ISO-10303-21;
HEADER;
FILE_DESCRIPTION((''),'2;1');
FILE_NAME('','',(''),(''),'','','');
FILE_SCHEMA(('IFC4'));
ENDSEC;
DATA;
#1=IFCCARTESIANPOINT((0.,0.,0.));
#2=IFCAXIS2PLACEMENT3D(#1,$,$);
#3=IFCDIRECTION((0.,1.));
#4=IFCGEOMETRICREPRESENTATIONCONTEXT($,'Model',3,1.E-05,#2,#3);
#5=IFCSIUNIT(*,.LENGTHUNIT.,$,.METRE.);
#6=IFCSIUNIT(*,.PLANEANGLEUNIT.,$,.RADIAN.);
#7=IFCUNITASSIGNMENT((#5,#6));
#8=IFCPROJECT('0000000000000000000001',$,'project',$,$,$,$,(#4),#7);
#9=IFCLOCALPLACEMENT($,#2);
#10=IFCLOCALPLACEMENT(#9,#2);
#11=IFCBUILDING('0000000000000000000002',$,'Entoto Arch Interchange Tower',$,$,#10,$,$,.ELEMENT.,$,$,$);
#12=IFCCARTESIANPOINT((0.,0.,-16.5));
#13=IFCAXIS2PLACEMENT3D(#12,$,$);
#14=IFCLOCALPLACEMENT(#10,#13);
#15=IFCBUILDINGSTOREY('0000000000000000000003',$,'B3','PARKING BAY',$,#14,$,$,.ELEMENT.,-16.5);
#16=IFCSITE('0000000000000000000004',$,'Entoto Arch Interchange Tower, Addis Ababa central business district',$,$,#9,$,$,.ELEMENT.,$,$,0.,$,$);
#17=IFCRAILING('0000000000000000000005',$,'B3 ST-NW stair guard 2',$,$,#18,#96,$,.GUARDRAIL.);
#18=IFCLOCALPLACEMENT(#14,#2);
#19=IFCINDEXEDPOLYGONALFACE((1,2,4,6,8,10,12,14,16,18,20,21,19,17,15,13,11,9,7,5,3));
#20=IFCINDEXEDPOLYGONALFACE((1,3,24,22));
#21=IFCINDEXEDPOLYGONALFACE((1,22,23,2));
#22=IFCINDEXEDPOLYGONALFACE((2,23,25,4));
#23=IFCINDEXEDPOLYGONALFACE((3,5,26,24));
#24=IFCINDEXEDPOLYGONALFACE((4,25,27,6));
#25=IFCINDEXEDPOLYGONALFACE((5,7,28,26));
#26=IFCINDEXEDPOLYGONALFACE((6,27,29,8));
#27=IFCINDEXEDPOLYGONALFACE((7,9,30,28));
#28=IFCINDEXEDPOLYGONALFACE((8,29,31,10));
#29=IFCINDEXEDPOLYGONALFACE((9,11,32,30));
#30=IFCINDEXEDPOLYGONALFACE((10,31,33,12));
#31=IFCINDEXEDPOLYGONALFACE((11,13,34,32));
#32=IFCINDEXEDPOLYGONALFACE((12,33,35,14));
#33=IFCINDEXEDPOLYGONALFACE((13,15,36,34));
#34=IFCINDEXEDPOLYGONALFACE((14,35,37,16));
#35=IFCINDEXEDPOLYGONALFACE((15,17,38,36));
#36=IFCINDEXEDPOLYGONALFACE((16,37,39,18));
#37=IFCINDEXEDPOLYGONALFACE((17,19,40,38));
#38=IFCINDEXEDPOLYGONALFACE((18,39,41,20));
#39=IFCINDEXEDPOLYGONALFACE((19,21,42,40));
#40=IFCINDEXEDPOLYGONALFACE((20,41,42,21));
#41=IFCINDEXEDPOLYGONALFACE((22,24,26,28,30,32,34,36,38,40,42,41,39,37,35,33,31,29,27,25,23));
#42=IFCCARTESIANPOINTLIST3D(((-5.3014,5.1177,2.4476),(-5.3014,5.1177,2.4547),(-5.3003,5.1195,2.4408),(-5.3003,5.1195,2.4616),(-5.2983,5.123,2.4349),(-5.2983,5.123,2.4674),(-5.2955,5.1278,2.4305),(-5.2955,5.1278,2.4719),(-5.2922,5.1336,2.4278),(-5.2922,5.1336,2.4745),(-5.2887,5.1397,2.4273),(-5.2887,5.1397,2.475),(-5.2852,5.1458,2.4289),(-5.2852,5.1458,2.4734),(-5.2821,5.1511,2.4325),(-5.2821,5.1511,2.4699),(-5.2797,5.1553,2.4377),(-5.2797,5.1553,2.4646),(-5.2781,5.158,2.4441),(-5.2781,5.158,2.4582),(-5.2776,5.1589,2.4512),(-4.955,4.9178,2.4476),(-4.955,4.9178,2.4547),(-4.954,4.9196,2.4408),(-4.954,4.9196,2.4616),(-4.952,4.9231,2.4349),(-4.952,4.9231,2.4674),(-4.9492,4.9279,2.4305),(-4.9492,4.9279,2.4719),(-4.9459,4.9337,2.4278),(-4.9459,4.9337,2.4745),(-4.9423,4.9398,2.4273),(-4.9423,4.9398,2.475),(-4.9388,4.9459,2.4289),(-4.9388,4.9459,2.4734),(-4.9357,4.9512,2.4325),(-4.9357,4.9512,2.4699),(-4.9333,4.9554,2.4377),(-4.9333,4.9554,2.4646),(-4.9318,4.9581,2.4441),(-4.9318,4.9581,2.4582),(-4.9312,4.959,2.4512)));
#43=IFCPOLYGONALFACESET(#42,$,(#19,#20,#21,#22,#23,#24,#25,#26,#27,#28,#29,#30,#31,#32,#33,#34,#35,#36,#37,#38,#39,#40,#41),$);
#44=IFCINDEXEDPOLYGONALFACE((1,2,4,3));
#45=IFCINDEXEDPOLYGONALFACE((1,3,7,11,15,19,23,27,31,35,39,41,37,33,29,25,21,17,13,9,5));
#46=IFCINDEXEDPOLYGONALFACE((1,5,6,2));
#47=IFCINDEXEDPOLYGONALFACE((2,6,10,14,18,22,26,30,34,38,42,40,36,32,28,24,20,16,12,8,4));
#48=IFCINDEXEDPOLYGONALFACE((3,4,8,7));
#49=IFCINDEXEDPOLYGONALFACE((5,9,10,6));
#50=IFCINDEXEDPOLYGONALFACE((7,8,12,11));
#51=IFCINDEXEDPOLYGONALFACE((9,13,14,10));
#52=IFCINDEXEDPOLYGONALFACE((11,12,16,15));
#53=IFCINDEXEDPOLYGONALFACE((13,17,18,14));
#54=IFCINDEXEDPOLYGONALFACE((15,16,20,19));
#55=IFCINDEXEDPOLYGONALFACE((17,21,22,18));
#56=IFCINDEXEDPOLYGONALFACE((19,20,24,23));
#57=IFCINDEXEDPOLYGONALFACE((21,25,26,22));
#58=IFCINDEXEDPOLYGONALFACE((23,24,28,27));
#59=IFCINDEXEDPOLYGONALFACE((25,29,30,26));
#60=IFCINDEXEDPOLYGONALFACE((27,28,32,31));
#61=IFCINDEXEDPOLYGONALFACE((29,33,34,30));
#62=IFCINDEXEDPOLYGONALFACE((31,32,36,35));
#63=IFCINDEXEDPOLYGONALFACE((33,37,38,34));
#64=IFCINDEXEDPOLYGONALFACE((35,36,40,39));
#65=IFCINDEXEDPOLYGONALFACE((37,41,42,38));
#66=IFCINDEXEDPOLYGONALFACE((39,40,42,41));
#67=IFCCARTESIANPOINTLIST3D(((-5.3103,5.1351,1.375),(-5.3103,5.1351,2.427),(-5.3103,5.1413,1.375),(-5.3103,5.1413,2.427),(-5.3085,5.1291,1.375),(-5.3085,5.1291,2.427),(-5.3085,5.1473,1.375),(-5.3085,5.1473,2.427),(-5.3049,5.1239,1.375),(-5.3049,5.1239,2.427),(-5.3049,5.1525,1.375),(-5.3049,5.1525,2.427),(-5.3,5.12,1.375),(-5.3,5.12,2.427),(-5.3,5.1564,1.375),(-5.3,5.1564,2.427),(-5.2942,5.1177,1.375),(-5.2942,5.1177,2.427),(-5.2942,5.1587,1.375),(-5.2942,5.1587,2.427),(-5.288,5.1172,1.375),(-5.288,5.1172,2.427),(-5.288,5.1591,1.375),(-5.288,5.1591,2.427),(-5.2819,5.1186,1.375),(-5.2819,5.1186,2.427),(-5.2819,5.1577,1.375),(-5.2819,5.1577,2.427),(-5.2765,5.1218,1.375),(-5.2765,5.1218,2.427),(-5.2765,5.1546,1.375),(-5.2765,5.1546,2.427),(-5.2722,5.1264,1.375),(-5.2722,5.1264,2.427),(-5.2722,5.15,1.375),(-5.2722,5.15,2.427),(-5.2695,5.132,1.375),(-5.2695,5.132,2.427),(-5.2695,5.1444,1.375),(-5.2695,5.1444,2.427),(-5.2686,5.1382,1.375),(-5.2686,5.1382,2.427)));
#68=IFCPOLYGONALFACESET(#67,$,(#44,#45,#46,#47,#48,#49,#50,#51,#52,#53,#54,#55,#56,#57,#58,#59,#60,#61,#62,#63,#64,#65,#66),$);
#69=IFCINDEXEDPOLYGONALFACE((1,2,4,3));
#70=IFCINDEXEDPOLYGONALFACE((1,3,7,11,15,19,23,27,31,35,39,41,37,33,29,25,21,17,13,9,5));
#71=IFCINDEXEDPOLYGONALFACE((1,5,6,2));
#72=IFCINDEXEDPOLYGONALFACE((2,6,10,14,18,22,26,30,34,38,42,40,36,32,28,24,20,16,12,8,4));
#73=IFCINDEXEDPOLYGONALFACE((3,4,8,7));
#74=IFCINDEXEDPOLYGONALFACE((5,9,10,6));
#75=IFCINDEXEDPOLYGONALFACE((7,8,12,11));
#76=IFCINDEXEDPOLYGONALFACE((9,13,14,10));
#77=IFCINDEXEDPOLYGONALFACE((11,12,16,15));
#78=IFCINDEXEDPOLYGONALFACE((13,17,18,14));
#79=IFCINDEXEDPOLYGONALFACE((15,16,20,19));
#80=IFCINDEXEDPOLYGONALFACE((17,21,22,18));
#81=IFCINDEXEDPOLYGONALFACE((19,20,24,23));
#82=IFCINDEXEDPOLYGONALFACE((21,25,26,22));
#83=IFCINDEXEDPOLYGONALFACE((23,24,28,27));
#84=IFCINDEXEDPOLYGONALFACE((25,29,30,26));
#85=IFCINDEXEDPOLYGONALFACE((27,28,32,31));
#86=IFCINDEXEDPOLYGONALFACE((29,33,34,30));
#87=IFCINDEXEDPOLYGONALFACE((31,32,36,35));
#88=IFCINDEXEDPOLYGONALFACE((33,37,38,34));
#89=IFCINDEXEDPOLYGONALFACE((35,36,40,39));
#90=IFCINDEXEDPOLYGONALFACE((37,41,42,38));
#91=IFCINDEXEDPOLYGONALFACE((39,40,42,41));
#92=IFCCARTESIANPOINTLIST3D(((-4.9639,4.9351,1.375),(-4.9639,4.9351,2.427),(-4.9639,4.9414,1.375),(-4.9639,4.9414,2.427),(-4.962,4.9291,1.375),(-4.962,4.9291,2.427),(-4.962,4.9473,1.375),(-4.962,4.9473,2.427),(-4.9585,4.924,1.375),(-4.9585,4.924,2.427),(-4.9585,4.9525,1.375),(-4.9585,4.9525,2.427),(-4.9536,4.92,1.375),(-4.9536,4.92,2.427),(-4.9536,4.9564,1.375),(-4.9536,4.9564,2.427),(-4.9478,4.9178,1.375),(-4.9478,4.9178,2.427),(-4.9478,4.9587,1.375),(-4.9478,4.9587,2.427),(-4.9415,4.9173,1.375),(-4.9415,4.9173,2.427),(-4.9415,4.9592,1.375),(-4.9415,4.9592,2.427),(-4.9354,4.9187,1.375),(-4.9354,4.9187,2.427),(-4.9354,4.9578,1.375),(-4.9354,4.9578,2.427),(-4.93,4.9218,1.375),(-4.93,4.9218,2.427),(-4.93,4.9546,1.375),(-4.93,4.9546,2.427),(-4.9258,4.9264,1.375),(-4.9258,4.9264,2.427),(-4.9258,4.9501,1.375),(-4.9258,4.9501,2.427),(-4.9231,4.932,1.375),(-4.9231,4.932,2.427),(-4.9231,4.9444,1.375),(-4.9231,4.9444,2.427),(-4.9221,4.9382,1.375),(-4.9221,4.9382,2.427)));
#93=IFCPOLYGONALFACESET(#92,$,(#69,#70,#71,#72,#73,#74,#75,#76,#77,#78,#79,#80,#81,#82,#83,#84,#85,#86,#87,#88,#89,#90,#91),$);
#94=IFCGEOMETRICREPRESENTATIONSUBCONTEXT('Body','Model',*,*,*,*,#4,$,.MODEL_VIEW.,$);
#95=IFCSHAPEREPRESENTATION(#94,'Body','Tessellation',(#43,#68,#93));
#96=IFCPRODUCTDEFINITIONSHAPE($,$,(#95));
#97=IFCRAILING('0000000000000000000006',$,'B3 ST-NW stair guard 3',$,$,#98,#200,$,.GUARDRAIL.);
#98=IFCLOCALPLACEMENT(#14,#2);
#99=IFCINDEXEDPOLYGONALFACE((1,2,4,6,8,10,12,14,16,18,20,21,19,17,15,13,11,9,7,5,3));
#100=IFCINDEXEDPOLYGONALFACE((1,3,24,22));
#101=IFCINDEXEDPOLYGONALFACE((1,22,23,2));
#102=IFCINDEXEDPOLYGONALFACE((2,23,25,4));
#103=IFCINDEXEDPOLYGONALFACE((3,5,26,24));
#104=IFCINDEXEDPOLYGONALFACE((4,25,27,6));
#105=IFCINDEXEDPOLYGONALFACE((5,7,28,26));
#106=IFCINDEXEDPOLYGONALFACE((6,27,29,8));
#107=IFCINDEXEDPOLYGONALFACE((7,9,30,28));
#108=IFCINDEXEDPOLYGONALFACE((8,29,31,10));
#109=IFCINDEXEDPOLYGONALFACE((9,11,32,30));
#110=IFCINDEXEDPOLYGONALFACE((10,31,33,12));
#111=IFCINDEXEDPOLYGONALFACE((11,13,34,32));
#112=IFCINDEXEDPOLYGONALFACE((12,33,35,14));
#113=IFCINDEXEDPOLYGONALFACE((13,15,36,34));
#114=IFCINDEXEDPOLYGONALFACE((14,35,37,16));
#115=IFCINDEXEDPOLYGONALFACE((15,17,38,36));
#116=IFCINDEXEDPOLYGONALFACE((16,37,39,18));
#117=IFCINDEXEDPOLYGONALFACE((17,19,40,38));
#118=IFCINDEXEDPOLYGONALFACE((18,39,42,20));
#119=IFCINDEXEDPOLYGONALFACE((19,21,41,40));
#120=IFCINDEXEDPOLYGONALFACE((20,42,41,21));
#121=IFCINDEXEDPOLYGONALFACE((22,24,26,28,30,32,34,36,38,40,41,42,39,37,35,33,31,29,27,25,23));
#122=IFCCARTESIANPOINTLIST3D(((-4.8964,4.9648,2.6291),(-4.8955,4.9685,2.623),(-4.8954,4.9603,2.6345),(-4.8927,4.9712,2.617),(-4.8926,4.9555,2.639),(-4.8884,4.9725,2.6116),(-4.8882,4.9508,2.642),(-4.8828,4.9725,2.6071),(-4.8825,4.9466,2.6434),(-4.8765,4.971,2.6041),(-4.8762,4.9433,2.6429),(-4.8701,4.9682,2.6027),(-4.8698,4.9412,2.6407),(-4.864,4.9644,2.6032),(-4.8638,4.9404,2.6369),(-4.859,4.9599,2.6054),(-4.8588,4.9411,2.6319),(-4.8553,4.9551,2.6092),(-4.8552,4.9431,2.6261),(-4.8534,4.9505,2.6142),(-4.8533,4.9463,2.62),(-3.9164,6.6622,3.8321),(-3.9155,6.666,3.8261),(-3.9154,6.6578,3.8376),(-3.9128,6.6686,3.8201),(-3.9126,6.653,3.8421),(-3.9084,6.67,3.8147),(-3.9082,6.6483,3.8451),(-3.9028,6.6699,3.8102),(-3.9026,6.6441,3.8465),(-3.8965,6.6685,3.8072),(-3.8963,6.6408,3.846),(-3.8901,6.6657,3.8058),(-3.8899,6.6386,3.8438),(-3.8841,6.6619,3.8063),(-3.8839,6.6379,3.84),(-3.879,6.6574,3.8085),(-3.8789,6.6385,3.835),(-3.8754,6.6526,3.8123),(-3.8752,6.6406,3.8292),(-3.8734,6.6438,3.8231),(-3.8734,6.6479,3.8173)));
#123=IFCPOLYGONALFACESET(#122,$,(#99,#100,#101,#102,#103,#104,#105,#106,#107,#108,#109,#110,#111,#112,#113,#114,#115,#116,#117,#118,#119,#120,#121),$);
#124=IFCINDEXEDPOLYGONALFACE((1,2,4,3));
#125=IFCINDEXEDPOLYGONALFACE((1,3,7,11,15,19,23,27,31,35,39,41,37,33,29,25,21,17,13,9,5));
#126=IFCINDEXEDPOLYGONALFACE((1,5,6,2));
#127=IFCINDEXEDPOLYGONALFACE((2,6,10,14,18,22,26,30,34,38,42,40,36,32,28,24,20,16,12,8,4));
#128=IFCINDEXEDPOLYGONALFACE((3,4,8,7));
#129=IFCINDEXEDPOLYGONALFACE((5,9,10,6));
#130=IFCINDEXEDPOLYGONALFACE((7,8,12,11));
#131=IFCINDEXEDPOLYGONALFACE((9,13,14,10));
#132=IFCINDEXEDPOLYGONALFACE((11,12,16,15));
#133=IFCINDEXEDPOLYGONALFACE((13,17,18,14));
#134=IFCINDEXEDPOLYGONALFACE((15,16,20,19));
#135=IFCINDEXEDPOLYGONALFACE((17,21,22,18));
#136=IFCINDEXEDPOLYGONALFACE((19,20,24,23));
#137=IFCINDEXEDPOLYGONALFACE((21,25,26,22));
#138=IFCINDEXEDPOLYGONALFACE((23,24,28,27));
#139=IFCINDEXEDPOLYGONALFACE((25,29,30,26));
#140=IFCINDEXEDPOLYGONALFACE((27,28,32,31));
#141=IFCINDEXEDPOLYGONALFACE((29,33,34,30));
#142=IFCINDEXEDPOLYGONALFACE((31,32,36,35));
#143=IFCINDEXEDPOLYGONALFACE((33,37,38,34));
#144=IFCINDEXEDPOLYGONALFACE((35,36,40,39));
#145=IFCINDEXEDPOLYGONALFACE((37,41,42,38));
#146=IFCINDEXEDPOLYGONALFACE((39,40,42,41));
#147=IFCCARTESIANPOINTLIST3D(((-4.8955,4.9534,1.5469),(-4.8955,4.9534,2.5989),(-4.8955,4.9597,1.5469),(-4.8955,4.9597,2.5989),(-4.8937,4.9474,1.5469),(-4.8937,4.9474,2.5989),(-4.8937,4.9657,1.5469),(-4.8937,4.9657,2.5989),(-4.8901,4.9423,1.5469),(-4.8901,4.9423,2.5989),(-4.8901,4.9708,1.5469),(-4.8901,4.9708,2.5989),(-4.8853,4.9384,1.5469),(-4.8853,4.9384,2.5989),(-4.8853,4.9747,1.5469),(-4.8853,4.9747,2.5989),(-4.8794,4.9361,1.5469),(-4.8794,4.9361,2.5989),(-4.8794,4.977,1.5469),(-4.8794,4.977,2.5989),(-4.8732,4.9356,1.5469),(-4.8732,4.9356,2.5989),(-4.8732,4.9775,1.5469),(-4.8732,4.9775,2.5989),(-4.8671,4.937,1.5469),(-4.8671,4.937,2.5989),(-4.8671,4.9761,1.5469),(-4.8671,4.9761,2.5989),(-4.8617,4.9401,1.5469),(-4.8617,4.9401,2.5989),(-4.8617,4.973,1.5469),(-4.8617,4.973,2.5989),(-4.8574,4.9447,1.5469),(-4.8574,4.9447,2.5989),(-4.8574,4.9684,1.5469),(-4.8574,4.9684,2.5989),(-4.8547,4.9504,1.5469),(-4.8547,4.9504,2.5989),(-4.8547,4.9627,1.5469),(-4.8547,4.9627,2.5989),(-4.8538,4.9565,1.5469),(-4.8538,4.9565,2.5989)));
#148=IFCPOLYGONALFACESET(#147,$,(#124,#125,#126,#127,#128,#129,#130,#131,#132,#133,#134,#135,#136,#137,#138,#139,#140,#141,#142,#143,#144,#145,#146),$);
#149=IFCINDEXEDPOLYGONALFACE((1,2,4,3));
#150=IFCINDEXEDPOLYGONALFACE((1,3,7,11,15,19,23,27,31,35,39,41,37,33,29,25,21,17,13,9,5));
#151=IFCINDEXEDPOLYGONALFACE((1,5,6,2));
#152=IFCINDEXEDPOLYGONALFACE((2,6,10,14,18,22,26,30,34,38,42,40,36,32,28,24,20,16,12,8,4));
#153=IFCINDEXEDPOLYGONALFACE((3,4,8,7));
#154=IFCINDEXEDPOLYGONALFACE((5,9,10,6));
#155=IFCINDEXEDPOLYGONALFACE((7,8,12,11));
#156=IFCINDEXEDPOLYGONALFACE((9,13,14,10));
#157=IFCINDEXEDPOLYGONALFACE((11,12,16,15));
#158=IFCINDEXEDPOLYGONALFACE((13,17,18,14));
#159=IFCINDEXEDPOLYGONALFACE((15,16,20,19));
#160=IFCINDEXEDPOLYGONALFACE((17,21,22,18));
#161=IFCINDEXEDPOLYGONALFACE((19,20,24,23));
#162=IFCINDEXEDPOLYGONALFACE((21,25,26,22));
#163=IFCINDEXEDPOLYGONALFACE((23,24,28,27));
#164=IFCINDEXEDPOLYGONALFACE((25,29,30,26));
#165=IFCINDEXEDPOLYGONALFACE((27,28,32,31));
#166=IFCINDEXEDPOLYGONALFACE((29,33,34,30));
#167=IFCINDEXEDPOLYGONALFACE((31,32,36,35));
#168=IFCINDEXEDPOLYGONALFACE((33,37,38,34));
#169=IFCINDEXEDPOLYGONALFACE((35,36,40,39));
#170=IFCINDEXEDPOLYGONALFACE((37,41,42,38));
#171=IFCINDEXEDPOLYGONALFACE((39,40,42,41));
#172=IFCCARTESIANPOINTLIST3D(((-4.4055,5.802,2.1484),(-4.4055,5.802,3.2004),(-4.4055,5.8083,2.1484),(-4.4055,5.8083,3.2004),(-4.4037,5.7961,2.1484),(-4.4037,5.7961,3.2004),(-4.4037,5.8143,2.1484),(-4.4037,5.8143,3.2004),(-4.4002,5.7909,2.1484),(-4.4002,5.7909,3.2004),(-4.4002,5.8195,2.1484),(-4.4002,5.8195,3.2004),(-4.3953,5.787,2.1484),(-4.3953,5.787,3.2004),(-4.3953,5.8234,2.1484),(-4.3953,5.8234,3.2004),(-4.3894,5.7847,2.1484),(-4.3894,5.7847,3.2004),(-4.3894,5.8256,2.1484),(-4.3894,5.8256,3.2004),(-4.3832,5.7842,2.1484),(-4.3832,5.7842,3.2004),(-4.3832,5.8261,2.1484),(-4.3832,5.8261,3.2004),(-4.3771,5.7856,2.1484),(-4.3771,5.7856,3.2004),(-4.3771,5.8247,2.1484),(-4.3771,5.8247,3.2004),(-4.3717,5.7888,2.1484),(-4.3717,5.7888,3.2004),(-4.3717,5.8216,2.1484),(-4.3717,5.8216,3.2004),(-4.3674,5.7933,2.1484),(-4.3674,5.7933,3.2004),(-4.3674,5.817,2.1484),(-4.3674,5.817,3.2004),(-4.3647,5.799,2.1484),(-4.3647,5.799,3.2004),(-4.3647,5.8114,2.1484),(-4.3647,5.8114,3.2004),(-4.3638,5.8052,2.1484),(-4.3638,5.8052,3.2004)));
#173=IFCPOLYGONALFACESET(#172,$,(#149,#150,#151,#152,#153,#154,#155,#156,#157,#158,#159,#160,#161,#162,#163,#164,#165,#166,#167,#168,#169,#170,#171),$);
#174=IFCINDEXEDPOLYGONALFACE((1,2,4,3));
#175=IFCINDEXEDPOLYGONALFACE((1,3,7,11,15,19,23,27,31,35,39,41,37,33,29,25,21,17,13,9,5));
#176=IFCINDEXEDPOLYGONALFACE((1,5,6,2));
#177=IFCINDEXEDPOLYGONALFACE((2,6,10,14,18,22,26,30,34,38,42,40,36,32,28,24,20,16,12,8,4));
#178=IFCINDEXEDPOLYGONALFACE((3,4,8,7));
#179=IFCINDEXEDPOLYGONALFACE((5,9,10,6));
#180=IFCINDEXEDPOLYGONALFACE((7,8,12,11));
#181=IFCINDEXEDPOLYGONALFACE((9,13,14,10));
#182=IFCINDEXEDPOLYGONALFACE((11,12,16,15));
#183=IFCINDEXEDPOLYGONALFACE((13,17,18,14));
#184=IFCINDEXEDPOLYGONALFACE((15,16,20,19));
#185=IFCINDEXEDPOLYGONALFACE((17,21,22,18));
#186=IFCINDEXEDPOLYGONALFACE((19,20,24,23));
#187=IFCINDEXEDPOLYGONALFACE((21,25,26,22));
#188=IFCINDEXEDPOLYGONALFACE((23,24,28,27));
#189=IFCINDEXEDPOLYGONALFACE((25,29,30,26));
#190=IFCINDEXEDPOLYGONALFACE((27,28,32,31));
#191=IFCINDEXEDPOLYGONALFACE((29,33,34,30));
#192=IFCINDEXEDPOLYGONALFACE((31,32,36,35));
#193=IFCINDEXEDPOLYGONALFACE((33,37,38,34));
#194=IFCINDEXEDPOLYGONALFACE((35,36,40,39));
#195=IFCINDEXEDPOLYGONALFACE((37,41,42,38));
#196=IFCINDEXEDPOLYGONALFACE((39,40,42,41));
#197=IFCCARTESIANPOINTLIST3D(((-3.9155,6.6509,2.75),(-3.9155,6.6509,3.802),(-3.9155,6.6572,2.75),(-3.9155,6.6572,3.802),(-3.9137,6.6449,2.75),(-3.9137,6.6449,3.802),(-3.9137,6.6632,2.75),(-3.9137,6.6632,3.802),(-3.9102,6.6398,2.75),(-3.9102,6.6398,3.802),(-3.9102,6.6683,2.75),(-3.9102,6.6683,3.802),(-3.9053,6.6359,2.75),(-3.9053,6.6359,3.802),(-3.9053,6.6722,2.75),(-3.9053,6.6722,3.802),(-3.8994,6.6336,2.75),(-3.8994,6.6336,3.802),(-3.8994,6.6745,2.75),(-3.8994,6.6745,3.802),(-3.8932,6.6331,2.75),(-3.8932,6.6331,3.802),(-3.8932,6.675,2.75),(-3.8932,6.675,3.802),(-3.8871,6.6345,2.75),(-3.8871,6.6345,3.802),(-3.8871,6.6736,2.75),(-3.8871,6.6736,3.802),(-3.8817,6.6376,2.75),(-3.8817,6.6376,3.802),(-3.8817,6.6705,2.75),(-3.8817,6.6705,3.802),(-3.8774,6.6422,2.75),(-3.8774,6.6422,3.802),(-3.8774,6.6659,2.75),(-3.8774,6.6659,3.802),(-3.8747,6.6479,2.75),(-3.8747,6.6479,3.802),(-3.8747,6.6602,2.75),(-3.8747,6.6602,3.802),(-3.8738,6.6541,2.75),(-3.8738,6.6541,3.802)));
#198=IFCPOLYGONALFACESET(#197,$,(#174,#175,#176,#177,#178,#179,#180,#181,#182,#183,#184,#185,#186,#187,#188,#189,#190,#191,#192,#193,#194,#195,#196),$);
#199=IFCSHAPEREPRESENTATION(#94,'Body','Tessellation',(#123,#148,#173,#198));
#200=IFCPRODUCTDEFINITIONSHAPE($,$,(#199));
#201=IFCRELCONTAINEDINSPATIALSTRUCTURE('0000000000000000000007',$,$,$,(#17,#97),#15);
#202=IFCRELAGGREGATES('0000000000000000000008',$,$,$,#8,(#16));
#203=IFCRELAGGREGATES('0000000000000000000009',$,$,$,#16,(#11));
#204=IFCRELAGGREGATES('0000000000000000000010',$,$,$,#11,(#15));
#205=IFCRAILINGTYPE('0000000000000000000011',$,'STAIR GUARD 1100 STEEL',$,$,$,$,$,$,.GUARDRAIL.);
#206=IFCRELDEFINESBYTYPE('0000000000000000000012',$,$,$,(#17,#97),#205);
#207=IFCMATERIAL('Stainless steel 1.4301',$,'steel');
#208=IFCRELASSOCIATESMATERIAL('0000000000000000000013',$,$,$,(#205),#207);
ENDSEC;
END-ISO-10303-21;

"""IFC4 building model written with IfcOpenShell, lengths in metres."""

from ifc_helpers import new_model, si_unit, direction, frame, origin, origin_2d, place, context, subcontext, project, spatial, circle, extrude, material, type_object, element, save


model = new_model("IFC4")

# Units and contexts
model_context = context("Model", 3, precision=1e-05, world=origin(), true_north=direction((0.0, 1.0)))
body_context = subcontext(model_context, "Body", "Model", "MODEL_VIEW")
ifc_project = project(units=[si_unit("LENGTHUNIT", "METRE"), si_unit("PLANEANGLEUNIT", "RADIAN")], contexts=[model_context])

# Site, building, storey
site_placement = place(None, origin())
site = spatial("IfcSite", under=ifc_project, at=site_placement, Name="Entoto Arch Interchange Tower, Addis Ababa central business district", CompositionType="ELEMENT", RefElevation=0.0)
building_placement = place(site_placement, origin())
building = spatial("IfcBuilding", under=site, at=building_placement, Name="Entoto Arch Interchange Tower", CompositionType="ELEMENT")
storey_placement = place(building_placement, frame((0.0, 0.0, -16.5)))
storey = spatial("IfcBuildingStorey", under=building, at=storey_placement, Name="B3", Description="PARKING BAY", CompositionType="ELEMENT", Elevation=-16.5)

# Railings
ifc_material_1 = material(Name="Stainless steel 1.4301", Category="steel")
railing_type_1 = type_object("IfcRailingType", Name="STAIR GUARD 1100 STEEL", PredefinedType="GUARDRAIL", material=ifc_material_1)
railing_1_placement = place(storey_placement, frame((-5.2896, 5.1382, 1.375)))
element("IfcRailing", 1, at=railing_1_placement, inside=storey, type_object=railing_type_1, Name="B3 ST-NW stair guard 2", PredefinedType="GUARDRAIL", context=body_context, shape_type="SweptSolid", body=[
    extrude(circle(Radius=0.0239, at=origin_2d()), frame((0.0, 0.0, 1.0762), z_axis=(0.866094, -0.499881, 0.0), x_axis=(0.499881, 0.866094, 0.0)), (0.0, 0.0, 1.0), 0.3999),
    extrude(circle(Radius=0.021, at=origin_2d()), origin(), (0.0, 0.0, 1.0), 1.052),
    extrude(circle(Radius=0.021, at=origin_2d()), frame((0.3464, -0.2, 0.0)), (0.0, 0.0, 1.0), 1.052),
])
railing_2_placement = place(storey_placement, frame((-4.8748, 4.9565, 1.5469)))
element("IfcRailing", 2, at=railing_2_placement, inside=storey, type_object=railing_type_1, Name="B3 ST-NW stair guard 3", PredefinedType="GUARDRAIL", context=body_context, shape_type="SweptSolid", body=[
    extrude(circle(Radius=0.0239, at=origin_2d()), frame((0.0, 0.0, 1.0762), z_axis=(0.426102, 0.738089, 0.523127), x_axis=(-0.866042, 0.49997, 0.0)), (0.0, 0.0, 1.0), 2.2998),
    extrude(circle(Radius=0.021, at=origin_2d()), origin(), (0.0, 0.0, 1.0), 1.052),
    extrude(circle(Radius=0.021, at=origin_2d()), frame((0.49, 0.8486, 0.6016)), (0.0, 0.0, 1.0), 1.052),
    extrude(circle(Radius=0.021, at=origin_2d()), frame((0.98, 1.6975, 1.2031)), (0.0, 0.0, 1.0), 1.052),
])

save(model, "model.ifc")
